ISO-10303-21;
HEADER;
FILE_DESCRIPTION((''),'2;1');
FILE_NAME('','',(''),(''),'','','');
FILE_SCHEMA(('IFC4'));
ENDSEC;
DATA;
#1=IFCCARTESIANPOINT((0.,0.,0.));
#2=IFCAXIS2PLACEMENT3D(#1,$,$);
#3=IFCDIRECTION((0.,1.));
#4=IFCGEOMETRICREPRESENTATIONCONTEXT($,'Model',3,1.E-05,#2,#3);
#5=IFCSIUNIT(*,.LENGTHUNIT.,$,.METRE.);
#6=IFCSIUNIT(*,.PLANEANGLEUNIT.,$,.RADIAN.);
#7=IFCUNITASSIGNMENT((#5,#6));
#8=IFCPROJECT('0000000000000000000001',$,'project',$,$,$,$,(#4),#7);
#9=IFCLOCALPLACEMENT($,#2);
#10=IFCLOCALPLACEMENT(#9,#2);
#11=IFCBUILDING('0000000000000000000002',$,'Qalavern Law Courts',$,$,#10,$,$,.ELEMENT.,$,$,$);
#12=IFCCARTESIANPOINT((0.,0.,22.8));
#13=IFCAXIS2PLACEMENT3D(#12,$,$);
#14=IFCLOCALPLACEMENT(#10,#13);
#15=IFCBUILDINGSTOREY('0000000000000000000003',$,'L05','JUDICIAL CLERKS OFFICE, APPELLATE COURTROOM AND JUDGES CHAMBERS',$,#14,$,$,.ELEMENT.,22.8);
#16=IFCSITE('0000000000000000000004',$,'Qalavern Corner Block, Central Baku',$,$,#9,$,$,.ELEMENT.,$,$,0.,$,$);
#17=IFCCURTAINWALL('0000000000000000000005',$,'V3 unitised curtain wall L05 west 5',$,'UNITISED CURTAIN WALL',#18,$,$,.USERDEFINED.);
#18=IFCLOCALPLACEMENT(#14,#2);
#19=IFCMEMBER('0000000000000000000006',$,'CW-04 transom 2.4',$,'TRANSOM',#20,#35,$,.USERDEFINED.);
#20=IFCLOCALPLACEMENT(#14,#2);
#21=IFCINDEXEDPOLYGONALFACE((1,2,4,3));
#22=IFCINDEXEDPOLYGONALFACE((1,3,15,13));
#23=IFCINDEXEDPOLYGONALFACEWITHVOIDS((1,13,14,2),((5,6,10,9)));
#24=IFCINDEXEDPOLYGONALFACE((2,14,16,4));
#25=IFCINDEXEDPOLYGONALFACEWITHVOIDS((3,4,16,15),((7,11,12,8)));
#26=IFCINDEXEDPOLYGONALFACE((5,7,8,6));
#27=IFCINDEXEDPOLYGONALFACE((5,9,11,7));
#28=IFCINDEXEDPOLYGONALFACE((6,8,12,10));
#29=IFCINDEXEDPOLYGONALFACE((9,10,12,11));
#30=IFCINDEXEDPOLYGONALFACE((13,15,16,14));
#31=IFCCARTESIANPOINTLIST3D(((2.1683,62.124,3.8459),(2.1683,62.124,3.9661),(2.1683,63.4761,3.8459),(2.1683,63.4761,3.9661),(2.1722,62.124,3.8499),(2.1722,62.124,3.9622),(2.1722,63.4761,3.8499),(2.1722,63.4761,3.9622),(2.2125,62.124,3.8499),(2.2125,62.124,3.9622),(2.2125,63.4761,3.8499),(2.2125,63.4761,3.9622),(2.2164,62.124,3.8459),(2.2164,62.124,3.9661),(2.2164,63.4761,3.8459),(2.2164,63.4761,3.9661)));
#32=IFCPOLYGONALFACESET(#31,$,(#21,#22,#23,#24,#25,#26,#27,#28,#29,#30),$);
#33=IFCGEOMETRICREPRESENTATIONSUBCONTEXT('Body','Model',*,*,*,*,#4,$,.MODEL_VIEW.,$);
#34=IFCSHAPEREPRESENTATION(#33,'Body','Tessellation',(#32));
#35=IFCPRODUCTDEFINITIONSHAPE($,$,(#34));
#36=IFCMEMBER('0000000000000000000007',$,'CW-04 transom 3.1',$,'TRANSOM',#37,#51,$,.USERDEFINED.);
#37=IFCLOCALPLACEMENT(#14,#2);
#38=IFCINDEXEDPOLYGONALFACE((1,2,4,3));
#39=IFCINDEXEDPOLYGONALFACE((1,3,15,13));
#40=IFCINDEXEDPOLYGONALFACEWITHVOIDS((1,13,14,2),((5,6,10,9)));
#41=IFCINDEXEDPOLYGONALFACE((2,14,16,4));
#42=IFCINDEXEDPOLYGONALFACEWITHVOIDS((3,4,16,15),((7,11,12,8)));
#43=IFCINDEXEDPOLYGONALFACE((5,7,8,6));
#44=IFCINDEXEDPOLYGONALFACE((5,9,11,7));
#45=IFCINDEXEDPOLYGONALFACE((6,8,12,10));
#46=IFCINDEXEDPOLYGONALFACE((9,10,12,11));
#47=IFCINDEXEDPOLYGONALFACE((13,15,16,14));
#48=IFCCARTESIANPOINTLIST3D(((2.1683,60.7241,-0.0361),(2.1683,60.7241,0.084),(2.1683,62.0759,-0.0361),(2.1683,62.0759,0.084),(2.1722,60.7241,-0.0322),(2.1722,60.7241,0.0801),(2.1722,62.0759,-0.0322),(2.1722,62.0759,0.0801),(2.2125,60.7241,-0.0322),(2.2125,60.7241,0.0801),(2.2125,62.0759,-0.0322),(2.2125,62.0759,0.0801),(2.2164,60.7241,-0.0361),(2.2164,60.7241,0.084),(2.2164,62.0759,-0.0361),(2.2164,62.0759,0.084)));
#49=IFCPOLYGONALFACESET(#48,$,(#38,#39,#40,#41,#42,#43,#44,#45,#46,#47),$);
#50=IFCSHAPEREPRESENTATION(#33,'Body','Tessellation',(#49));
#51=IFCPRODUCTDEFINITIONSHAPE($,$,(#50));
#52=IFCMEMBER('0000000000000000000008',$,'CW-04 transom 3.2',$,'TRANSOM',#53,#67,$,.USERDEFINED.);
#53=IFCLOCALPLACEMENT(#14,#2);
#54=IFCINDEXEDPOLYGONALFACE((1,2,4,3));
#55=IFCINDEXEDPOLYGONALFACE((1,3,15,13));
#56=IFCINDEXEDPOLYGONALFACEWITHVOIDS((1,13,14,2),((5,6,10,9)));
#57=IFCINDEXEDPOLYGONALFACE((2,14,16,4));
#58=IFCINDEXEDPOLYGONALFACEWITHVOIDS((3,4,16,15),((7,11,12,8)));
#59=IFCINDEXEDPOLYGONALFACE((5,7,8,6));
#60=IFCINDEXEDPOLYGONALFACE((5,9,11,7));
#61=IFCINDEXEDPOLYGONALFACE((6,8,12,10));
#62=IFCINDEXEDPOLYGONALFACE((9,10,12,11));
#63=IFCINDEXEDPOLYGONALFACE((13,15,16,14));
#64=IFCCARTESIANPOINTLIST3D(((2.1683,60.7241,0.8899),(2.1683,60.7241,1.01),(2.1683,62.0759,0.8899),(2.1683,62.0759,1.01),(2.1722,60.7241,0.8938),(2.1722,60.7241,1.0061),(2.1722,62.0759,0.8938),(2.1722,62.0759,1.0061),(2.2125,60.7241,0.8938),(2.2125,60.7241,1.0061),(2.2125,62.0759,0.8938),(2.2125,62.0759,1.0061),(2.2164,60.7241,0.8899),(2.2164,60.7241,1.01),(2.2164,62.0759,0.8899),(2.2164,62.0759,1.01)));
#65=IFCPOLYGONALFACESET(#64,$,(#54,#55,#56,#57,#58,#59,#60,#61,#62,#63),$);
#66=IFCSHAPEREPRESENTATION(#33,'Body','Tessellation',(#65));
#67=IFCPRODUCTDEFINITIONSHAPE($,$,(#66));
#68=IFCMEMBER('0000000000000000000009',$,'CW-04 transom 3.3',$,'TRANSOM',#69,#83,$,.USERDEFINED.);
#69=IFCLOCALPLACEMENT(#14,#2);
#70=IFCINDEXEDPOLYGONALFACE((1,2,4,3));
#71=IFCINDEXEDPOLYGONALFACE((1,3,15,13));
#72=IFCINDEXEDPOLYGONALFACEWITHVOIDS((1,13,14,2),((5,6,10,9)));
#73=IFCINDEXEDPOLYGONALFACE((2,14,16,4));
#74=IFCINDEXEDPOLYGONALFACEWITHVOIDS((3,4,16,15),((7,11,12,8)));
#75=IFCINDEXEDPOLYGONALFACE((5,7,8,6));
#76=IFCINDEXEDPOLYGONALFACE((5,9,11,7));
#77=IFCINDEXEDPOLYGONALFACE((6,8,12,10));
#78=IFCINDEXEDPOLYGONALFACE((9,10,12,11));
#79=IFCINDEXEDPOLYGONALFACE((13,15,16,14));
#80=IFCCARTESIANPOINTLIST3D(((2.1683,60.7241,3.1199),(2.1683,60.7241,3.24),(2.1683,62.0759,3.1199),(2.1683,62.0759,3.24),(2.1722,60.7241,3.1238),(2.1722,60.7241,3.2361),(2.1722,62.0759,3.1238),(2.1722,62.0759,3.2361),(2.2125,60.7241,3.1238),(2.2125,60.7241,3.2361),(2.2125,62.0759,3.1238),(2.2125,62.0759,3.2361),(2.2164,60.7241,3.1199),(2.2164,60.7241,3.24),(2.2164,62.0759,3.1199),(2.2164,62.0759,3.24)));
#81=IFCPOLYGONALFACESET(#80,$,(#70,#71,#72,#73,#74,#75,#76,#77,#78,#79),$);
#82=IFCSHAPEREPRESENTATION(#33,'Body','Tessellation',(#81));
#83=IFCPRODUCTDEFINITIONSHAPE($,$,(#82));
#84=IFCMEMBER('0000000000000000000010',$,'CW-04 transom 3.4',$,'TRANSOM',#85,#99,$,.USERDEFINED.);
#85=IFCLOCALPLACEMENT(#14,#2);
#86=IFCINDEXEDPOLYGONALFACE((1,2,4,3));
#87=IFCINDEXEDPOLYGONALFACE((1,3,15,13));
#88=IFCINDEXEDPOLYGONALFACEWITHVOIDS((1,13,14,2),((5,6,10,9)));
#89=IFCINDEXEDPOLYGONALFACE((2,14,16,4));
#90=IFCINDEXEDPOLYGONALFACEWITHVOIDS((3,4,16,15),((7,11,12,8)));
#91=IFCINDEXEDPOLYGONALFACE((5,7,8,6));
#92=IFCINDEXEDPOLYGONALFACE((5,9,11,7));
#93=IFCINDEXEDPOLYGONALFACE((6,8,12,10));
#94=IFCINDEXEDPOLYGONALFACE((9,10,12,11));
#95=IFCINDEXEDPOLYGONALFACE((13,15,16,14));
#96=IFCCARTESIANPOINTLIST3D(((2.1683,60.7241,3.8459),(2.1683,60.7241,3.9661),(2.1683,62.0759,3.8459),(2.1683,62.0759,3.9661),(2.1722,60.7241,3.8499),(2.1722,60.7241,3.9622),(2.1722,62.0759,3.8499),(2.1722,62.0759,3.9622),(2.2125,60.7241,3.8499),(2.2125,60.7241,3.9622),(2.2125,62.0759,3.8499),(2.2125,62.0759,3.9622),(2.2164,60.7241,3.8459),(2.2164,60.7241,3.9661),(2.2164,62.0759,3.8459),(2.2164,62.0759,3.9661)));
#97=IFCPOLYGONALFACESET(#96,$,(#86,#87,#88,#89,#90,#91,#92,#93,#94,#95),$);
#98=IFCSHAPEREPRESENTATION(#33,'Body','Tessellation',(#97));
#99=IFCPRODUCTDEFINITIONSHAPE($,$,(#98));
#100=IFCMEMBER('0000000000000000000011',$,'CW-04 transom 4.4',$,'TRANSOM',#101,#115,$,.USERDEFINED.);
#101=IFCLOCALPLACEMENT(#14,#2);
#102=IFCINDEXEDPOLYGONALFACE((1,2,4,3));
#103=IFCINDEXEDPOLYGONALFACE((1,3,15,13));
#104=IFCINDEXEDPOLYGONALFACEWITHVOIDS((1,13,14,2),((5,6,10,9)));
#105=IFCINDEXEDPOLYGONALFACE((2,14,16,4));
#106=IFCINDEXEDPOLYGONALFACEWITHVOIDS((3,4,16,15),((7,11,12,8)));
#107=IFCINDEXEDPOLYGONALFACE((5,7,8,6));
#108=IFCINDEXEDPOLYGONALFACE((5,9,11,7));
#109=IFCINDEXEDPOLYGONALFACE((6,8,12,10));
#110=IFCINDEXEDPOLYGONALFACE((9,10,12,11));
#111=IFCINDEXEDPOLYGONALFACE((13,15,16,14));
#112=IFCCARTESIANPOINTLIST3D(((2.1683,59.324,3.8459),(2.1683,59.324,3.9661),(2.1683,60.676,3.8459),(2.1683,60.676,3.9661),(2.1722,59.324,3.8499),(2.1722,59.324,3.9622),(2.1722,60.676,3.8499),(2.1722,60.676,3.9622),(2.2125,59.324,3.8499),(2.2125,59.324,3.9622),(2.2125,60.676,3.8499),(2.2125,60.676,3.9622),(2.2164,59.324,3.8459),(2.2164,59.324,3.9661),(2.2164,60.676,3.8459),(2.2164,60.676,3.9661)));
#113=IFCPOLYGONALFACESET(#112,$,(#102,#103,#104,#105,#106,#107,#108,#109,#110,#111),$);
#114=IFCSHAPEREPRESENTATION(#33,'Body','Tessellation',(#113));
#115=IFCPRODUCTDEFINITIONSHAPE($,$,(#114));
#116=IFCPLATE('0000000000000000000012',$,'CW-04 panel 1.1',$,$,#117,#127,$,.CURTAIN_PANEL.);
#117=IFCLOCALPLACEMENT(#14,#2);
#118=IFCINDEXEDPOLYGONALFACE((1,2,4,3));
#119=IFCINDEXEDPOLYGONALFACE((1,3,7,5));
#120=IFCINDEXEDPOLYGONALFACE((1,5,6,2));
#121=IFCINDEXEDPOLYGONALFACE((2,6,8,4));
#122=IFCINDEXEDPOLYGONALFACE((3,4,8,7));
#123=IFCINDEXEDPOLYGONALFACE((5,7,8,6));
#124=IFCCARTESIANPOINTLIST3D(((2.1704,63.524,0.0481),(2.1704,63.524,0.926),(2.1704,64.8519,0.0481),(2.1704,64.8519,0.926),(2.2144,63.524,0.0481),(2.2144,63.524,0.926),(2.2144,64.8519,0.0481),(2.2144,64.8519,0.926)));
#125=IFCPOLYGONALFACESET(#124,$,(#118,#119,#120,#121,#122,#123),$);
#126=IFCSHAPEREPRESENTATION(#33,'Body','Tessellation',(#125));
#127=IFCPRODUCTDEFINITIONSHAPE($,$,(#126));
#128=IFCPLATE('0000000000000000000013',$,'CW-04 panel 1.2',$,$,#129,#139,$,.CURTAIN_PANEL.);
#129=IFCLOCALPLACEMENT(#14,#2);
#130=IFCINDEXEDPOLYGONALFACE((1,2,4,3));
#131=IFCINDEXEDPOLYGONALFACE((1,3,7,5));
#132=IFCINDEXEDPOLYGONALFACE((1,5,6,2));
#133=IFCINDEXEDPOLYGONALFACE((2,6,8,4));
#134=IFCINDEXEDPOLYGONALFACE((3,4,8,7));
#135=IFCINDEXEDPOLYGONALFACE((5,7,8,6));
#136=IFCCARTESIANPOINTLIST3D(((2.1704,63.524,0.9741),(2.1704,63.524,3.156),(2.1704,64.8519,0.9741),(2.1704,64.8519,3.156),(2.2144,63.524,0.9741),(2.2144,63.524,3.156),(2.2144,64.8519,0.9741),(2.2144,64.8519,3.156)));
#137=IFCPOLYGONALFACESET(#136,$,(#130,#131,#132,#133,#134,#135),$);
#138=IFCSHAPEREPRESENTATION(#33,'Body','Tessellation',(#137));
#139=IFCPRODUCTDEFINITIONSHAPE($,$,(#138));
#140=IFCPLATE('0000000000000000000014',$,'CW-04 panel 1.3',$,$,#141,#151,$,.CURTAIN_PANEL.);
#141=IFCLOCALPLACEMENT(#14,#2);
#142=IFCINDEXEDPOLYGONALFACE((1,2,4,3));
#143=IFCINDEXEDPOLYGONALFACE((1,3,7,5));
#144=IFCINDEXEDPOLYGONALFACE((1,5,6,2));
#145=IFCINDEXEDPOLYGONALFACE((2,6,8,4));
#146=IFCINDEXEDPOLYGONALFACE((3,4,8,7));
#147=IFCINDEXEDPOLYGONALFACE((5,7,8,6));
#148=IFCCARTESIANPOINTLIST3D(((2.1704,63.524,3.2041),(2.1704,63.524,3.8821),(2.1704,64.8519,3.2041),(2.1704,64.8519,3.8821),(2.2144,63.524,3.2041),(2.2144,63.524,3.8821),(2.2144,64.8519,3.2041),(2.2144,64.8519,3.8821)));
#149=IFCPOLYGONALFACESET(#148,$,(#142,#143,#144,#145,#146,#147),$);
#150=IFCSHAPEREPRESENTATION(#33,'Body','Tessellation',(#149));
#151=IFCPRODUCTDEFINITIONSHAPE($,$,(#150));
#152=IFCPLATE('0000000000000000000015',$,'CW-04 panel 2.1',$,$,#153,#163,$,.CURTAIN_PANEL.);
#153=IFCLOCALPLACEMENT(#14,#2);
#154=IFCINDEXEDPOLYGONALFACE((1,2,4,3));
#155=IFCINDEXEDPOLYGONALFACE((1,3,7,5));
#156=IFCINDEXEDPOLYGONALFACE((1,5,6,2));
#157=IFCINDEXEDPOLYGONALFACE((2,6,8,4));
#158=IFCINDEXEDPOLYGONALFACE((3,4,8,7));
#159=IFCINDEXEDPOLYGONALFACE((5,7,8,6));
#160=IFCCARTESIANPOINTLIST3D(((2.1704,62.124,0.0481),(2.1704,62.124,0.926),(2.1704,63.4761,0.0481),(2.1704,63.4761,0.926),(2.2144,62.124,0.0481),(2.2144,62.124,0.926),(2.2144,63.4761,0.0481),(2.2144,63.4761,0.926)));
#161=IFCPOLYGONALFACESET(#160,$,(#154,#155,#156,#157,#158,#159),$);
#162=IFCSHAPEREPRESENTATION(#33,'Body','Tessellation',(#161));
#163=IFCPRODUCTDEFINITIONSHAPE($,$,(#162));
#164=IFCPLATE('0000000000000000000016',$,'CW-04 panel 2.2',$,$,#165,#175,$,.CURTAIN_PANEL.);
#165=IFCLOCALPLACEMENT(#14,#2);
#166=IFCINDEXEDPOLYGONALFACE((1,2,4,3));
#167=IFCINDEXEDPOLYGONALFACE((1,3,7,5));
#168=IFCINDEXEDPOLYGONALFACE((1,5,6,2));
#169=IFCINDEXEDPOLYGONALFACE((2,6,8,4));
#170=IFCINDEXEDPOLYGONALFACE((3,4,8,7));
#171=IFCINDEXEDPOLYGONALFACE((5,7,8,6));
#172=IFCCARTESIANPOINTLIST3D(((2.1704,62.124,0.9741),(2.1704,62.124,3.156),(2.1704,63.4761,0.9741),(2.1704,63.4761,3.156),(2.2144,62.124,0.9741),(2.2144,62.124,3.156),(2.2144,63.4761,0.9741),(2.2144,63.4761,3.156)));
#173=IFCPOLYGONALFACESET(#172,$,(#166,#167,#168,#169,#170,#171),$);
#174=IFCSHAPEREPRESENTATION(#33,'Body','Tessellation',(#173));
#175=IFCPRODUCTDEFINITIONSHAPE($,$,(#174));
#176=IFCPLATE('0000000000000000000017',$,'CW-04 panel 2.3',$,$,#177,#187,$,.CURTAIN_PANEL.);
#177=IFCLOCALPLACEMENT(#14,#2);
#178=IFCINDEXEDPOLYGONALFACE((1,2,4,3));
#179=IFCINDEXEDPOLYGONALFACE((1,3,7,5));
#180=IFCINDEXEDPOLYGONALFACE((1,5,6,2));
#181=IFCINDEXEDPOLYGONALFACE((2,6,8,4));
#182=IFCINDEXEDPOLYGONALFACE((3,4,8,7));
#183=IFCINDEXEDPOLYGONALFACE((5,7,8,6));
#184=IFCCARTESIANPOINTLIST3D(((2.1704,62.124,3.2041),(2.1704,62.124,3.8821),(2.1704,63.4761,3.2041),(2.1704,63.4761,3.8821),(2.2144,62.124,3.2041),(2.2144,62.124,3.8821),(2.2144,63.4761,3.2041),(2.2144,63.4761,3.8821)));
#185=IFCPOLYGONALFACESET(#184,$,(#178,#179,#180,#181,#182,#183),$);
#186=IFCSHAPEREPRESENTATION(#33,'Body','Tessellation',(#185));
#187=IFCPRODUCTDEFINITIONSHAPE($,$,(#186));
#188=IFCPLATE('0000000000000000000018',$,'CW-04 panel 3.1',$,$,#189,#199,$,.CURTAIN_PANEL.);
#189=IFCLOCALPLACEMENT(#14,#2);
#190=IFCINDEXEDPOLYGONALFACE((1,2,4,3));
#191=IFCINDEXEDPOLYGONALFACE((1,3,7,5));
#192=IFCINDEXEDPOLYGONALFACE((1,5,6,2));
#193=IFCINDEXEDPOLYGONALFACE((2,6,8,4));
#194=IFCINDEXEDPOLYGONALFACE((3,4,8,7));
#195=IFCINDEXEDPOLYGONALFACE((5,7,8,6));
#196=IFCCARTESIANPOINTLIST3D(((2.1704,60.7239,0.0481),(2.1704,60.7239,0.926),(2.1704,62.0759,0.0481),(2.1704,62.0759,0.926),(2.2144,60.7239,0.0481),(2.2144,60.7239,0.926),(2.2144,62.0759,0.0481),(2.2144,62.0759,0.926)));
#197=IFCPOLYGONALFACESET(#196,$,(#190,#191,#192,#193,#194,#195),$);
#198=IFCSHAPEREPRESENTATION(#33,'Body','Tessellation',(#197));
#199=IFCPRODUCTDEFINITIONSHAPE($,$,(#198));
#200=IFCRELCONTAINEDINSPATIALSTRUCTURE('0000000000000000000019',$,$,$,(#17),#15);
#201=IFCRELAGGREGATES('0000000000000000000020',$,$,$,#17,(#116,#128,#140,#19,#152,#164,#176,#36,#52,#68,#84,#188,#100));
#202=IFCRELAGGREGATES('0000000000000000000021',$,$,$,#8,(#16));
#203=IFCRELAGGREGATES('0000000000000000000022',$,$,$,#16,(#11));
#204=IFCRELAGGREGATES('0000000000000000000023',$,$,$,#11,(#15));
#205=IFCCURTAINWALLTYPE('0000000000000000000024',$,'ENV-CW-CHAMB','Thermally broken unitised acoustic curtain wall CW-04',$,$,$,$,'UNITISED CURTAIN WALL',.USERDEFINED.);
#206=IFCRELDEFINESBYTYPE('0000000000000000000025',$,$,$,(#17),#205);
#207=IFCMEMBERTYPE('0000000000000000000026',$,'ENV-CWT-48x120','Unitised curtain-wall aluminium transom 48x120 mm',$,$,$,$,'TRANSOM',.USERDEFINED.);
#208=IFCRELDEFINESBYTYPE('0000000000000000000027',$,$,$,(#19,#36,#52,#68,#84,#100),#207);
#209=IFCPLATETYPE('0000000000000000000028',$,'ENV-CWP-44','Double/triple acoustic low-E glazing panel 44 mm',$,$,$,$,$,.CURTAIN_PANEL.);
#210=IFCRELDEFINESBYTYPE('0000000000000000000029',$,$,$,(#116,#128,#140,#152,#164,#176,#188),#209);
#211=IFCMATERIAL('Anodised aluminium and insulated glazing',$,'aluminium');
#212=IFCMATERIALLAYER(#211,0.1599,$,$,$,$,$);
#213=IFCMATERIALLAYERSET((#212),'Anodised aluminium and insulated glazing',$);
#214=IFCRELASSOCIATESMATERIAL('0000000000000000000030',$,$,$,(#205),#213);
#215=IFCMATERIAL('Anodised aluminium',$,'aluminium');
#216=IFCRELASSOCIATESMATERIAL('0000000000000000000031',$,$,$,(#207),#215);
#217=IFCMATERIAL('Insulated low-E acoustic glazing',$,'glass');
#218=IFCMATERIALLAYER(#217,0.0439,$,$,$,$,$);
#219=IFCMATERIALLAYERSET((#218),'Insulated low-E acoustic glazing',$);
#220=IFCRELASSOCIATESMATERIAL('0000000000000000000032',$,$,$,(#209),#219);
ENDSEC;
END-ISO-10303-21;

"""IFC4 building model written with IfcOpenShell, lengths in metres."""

from ifc_helpers import new_model, si_unit, direction, frame, origin, origin_2d, place, context, subcontext, project, spatial, rectangle, hollow_rectangle, extrude, material, layer, layer_set, material_profile, profile_set, type_object, element, aggregate, save


model = new_model("IFC4")

# Units and contexts
model_context = context("Model", 3, precision=1e-05, world=origin(), true_north=direction((0.0, 1.0)))
body_context = subcontext(model_context, "Body", "Model", "MODEL_VIEW")
ifc_project = project(units=[si_unit("LENGTHUNIT", "METRE"), si_unit("PLANEANGLEUNIT", "RADIAN")], contexts=[model_context])

# Site, building, storey
site_placement = place(None, origin())
site = spatial("IfcSite", under=ifc_project, at=site_placement, Name="Qalavern Corner Block, Central Baku", CompositionType="ELEMENT", RefElevation=0.0)
building_placement = place(site_placement, origin())
building = spatial("IfcBuilding", under=site, at=building_placement, Name="Qalavern Law Courts", CompositionType="ELEMENT")
storey_placement = place(building_placement, frame((0.0, 0.0, 22.8)))
storey = spatial("IfcBuildingStorey", under=building, at=storey_placement, Name="L05", Description="JUDICIAL CLERKS OFFICE, APPELLATE COURTROOM AND JUDGES CHAMBERS", CompositionType="ELEMENT", Elevation=22.8)

# Curtain wall, members, plates
ifc_material_1 = material(Name="Anodised aluminium and insulated glazing", Category="aluminium")
ifc_layer_1 = layer(ifc_material_1, 0.1599)
ifc_layer_set_1 = layer_set([ifc_layer_1], Name="Anodised aluminium and insulated glazing")
curtain_wall_type = type_object("IfcCurtainWallType", Name="ENV-CW-CHAMB", Description="Thermally broken unitised acoustic curtain wall CW-04", ElementType="UNITISED CURTAIN WALL", PredefinedType="USERDEFINED", material=ifc_layer_set_1)
curtain_wall_placement = place(storey_placement, origin())
curtain_wall = element("IfcCurtainWall", 1, at=curtain_wall_placement, inside=storey, type_object=curtain_wall_type, Name="V3 unitised curtain wall L05 west 5", ObjectType="UNITISED CURTAIN WALL", PredefinedType="USERDEFINED")
ifc_material_2 = material(Name="Anodised aluminium", Category="aluminium")
ifc_material_profile_1 = material_profile(ifc_material_2, hollow_rectangle(XDim=0.0481, YDim=0.1201, WallThickness=0.0039, at=origin_2d()), Name="ALU TRANSOM 48x120")
ifc_profile_set_1 = profile_set([ifc_material_profile_1], Name="Anodised aluminium")
member_type_1 = type_object("IfcMemberType", Name="ENV-CWT-48x120", Description="Unitised curtain-wall aluminium transom 48x120 mm", ElementType="TRANSOM", PredefinedType="USERDEFINED", material=ifc_profile_set_1)
member_1_placement = place(storey_placement, frame((2.1924, 63.4761, 3.906), z_axis=(0.0, -1.0, 0.0), x_axis=(1.0, 0.0, 0.0)))
member_1 = element("IfcMember", 2, at=member_1_placement, type_object=member_type_1, Name="CW-04 transom 2.4", ObjectType="TRANSOM", PredefinedType="USERDEFINED", context=body_context, shape_type="SweptSolid", body=[
    extrude(hollow_rectangle(XDim=0.0481, YDim=0.1201, WallThickness=0.0039, at=origin_2d()), origin(), (0.0, 0.0, 1.0), 1.3521),
])
member_2_placement = place(storey_placement, frame((2.1924, 62.0759, 0.0239), z_axis=(0.0, -1.0, 0.0), x_axis=(1.0, 0.0, 0.0)))
member_2 = element("IfcMember", 3, at=member_2_placement, type_object=member_type_1, Name="CW-04 transom 3.1", ObjectType="TRANSOM", PredefinedType="USERDEFINED", context=body_context, shape_type="SweptSolid", body=[
    extrude(hollow_rectangle(XDim=0.0481, YDim=0.1201, WallThickness=0.0039, at=origin_2d()), origin(), (0.0, 0.0, 1.0), 1.3518),
])
member_3_placement = place(storey_placement, frame((2.1924, 62.0759, 0.95), z_axis=(0.0, -1.0, 0.0), x_axis=(1.0, 0.0, 0.0)))
member_3 = element("IfcMember", 4, at=member_3_placement, type_object=member_type_1, Name="CW-04 transom 3.2", ObjectType="TRANSOM", PredefinedType="USERDEFINED", context=body_context, shape_type="SweptSolid", body=[
    extrude(hollow_rectangle(XDim=0.0481, YDim=0.1201, WallThickness=0.0039, at=origin_2d()), origin(), (0.0, 0.0, 1.0), 1.3518),
])
member_4_placement = place(storey_placement, frame((2.1924, 62.0759, 3.1799), z_axis=(0.0, -1.0, 0.0), x_axis=(1.0, 0.0, 0.0)))
member_4 = element("IfcMember", 5, at=member_4_placement, type_object=member_type_1, Name="CW-04 transom 3.3", ObjectType="TRANSOM", PredefinedType="USERDEFINED", context=body_context, shape_type="SweptSolid", body=[
    extrude(hollow_rectangle(XDim=0.0481, YDim=0.1201, WallThickness=0.0039, at=origin_2d()), origin(), (0.0, 0.0, 1.0), 1.3518),
])
member_5_placement = place(storey_placement, frame((2.1924, 62.0759, 3.906), z_axis=(0.0, -1.0, 0.0), x_axis=(1.0, 0.0, 0.0)))
member_5 = element("IfcMember", 6, at=member_5_placement, type_object=member_type_1, Name="CW-04 transom 3.4", ObjectType="TRANSOM", PredefinedType="USERDEFINED", context=body_context, shape_type="SweptSolid", body=[
    extrude(hollow_rectangle(XDim=0.0481, YDim=0.1201, WallThickness=0.0039, at=origin_2d()), origin(), (0.0, 0.0, 1.0), 1.3518),
])
member_6_placement = place(storey_placement, frame((2.1924, 60.676, 3.906), z_axis=(0.0, -1.0, 0.0), x_axis=(1.0, 0.0, 0.0)))
member_6 = element("IfcMember", 7, at=member_6_placement, type_object=member_type_1, Name="CW-04 transom 4.4", ObjectType="TRANSOM", PredefinedType="USERDEFINED", context=body_context, shape_type="SweptSolid", body=[
    extrude(hollow_rectangle(XDim=0.0481, YDim=0.1201, WallThickness=0.0039, at=origin_2d()), origin(), (0.0, 0.0, 1.0), 1.3521),
])
ifc_material_3 = material(Name="Insulated low-E acoustic glazing", Category="glass")
ifc_layer_2 = layer(ifc_material_3, 0.0439)
ifc_layer_set_2 = layer_set([ifc_layer_2], Name="Insulated low-E acoustic glazing")
plate_type = type_object("IfcPlateType", Name="ENV-CWP-44", Description="Double/triple acoustic low-E glazing panel 44 mm", PredefinedType="CURTAIN_PANEL", material=ifc_layer_set_2)
plate_1_placement = place(storey_placement, frame((2.1924, 64.188, 0.0481), z_axis=(0.0, 0.0, 1.0), x_axis=(0.0, -1.0, 0.0)))
plate_1 = element("IfcPlate", 8, at=plate_1_placement, type_object=plate_type, Name="CW-04 panel 1.1", PredefinedType="CURTAIN_PANEL", context=body_context, shape_type="SweptSolid", body=[
    extrude(rectangle(XDim=1.3279, YDim=0.0439, at=origin_2d()), origin(), (0.0, 0.0, 1.0), 0.8779),
])
plate_2_placement = place(storey_placement, frame((2.1924, 64.188, 0.9741), z_axis=(0.0, 0.0, 1.0), x_axis=(0.0, -1.0, 0.0)))
plate_2 = element("IfcPlate", 9, at=plate_2_placement, type_object=plate_type, Name="CW-04 panel 1.2", PredefinedType="CURTAIN_PANEL", context=body_context, shape_type="SweptSolid", body=[
    extrude(rectangle(XDim=1.3279, YDim=0.0439, at=origin_2d()), origin(), (0.0, 0.0, 1.0), 2.1819),
])
plate_3_placement = place(storey_placement, frame((2.1924, 64.188, 3.2041), z_axis=(0.0, 0.0, 1.0), x_axis=(0.0, -1.0, 0.0)))
plate_3 = element("IfcPlate", 10, at=plate_3_placement, type_object=plate_type, Name="CW-04 panel 1.3", PredefinedType="CURTAIN_PANEL", context=body_context, shape_type="SweptSolid", body=[
    extrude(rectangle(XDim=1.3279, YDim=0.0439, at=origin_2d()), origin(), (0.0, 0.0, 1.0), 0.678),
])
plate_4_placement = place(storey_placement, frame((2.1924, 62.8, 0.0481), z_axis=(0.0, 0.0, 1.0), x_axis=(0.0, -1.0, 0.0)))
plate_4 = element("IfcPlate", 11, at=plate_4_placement, type_object=plate_type, Name="CW-04 panel 2.1", PredefinedType="CURTAIN_PANEL", context=body_context, shape_type="SweptSolid", body=[
    extrude(rectangle(XDim=1.3521, YDim=0.0439, at=origin_2d()), origin(), (0.0, 0.0, 1.0), 0.8779),
])
plate_5_placement = place(storey_placement, frame((2.1924, 62.8, 0.9741), z_axis=(0.0, 0.0, 1.0), x_axis=(0.0, -1.0, 0.0)))
plate_5 = element("IfcPlate", 12, at=plate_5_placement, type_object=plate_type, Name="CW-04 panel 2.2", PredefinedType="CURTAIN_PANEL", context=body_context, shape_type="SweptSolid", body=[
    extrude(rectangle(XDim=1.3521, YDim=0.0439, at=origin_2d()), origin(), (0.0, 0.0, 1.0), 2.1819),
])
plate_6_placement = place(storey_placement, frame((2.1924, 62.8, 3.2041), z_axis=(0.0, 0.0, 1.0), x_axis=(0.0, -1.0, 0.0)))
plate_6 = element("IfcPlate", 13, at=plate_6_placement, type_object=plate_type, Name="CW-04 panel 2.3", PredefinedType="CURTAIN_PANEL", context=body_context, shape_type="SweptSolid", body=[
    extrude(rectangle(XDim=1.3521, YDim=0.0439, at=origin_2d()), origin(), (0.0, 0.0, 1.0), 0.678),
])
plate_7_placement = place(storey_placement, frame((2.1924, 61.3999, 0.0481), z_axis=(0.0, 0.0, 1.0), x_axis=(0.0, -1.0, 0.0)))
plate_7 = element("IfcPlate", 14, at=plate_7_placement, type_object=plate_type, Name="CW-04 panel 3.1", PredefinedType="CURTAIN_PANEL", context=body_context, shape_type="SweptSolid", body=[
    extrude(rectangle(XDim=1.3521, YDim=0.0439, at=origin_2d()), origin(), (0.0, 0.0, 1.0), 0.8779),
])
aggregate(curtain_wall, [plate_1, plate_2, plate_3, member_1, plate_4, plate_5, plate_6, member_2, member_3, member_4, member_5, plate_7, member_6])

save(model, "model.ifc")
